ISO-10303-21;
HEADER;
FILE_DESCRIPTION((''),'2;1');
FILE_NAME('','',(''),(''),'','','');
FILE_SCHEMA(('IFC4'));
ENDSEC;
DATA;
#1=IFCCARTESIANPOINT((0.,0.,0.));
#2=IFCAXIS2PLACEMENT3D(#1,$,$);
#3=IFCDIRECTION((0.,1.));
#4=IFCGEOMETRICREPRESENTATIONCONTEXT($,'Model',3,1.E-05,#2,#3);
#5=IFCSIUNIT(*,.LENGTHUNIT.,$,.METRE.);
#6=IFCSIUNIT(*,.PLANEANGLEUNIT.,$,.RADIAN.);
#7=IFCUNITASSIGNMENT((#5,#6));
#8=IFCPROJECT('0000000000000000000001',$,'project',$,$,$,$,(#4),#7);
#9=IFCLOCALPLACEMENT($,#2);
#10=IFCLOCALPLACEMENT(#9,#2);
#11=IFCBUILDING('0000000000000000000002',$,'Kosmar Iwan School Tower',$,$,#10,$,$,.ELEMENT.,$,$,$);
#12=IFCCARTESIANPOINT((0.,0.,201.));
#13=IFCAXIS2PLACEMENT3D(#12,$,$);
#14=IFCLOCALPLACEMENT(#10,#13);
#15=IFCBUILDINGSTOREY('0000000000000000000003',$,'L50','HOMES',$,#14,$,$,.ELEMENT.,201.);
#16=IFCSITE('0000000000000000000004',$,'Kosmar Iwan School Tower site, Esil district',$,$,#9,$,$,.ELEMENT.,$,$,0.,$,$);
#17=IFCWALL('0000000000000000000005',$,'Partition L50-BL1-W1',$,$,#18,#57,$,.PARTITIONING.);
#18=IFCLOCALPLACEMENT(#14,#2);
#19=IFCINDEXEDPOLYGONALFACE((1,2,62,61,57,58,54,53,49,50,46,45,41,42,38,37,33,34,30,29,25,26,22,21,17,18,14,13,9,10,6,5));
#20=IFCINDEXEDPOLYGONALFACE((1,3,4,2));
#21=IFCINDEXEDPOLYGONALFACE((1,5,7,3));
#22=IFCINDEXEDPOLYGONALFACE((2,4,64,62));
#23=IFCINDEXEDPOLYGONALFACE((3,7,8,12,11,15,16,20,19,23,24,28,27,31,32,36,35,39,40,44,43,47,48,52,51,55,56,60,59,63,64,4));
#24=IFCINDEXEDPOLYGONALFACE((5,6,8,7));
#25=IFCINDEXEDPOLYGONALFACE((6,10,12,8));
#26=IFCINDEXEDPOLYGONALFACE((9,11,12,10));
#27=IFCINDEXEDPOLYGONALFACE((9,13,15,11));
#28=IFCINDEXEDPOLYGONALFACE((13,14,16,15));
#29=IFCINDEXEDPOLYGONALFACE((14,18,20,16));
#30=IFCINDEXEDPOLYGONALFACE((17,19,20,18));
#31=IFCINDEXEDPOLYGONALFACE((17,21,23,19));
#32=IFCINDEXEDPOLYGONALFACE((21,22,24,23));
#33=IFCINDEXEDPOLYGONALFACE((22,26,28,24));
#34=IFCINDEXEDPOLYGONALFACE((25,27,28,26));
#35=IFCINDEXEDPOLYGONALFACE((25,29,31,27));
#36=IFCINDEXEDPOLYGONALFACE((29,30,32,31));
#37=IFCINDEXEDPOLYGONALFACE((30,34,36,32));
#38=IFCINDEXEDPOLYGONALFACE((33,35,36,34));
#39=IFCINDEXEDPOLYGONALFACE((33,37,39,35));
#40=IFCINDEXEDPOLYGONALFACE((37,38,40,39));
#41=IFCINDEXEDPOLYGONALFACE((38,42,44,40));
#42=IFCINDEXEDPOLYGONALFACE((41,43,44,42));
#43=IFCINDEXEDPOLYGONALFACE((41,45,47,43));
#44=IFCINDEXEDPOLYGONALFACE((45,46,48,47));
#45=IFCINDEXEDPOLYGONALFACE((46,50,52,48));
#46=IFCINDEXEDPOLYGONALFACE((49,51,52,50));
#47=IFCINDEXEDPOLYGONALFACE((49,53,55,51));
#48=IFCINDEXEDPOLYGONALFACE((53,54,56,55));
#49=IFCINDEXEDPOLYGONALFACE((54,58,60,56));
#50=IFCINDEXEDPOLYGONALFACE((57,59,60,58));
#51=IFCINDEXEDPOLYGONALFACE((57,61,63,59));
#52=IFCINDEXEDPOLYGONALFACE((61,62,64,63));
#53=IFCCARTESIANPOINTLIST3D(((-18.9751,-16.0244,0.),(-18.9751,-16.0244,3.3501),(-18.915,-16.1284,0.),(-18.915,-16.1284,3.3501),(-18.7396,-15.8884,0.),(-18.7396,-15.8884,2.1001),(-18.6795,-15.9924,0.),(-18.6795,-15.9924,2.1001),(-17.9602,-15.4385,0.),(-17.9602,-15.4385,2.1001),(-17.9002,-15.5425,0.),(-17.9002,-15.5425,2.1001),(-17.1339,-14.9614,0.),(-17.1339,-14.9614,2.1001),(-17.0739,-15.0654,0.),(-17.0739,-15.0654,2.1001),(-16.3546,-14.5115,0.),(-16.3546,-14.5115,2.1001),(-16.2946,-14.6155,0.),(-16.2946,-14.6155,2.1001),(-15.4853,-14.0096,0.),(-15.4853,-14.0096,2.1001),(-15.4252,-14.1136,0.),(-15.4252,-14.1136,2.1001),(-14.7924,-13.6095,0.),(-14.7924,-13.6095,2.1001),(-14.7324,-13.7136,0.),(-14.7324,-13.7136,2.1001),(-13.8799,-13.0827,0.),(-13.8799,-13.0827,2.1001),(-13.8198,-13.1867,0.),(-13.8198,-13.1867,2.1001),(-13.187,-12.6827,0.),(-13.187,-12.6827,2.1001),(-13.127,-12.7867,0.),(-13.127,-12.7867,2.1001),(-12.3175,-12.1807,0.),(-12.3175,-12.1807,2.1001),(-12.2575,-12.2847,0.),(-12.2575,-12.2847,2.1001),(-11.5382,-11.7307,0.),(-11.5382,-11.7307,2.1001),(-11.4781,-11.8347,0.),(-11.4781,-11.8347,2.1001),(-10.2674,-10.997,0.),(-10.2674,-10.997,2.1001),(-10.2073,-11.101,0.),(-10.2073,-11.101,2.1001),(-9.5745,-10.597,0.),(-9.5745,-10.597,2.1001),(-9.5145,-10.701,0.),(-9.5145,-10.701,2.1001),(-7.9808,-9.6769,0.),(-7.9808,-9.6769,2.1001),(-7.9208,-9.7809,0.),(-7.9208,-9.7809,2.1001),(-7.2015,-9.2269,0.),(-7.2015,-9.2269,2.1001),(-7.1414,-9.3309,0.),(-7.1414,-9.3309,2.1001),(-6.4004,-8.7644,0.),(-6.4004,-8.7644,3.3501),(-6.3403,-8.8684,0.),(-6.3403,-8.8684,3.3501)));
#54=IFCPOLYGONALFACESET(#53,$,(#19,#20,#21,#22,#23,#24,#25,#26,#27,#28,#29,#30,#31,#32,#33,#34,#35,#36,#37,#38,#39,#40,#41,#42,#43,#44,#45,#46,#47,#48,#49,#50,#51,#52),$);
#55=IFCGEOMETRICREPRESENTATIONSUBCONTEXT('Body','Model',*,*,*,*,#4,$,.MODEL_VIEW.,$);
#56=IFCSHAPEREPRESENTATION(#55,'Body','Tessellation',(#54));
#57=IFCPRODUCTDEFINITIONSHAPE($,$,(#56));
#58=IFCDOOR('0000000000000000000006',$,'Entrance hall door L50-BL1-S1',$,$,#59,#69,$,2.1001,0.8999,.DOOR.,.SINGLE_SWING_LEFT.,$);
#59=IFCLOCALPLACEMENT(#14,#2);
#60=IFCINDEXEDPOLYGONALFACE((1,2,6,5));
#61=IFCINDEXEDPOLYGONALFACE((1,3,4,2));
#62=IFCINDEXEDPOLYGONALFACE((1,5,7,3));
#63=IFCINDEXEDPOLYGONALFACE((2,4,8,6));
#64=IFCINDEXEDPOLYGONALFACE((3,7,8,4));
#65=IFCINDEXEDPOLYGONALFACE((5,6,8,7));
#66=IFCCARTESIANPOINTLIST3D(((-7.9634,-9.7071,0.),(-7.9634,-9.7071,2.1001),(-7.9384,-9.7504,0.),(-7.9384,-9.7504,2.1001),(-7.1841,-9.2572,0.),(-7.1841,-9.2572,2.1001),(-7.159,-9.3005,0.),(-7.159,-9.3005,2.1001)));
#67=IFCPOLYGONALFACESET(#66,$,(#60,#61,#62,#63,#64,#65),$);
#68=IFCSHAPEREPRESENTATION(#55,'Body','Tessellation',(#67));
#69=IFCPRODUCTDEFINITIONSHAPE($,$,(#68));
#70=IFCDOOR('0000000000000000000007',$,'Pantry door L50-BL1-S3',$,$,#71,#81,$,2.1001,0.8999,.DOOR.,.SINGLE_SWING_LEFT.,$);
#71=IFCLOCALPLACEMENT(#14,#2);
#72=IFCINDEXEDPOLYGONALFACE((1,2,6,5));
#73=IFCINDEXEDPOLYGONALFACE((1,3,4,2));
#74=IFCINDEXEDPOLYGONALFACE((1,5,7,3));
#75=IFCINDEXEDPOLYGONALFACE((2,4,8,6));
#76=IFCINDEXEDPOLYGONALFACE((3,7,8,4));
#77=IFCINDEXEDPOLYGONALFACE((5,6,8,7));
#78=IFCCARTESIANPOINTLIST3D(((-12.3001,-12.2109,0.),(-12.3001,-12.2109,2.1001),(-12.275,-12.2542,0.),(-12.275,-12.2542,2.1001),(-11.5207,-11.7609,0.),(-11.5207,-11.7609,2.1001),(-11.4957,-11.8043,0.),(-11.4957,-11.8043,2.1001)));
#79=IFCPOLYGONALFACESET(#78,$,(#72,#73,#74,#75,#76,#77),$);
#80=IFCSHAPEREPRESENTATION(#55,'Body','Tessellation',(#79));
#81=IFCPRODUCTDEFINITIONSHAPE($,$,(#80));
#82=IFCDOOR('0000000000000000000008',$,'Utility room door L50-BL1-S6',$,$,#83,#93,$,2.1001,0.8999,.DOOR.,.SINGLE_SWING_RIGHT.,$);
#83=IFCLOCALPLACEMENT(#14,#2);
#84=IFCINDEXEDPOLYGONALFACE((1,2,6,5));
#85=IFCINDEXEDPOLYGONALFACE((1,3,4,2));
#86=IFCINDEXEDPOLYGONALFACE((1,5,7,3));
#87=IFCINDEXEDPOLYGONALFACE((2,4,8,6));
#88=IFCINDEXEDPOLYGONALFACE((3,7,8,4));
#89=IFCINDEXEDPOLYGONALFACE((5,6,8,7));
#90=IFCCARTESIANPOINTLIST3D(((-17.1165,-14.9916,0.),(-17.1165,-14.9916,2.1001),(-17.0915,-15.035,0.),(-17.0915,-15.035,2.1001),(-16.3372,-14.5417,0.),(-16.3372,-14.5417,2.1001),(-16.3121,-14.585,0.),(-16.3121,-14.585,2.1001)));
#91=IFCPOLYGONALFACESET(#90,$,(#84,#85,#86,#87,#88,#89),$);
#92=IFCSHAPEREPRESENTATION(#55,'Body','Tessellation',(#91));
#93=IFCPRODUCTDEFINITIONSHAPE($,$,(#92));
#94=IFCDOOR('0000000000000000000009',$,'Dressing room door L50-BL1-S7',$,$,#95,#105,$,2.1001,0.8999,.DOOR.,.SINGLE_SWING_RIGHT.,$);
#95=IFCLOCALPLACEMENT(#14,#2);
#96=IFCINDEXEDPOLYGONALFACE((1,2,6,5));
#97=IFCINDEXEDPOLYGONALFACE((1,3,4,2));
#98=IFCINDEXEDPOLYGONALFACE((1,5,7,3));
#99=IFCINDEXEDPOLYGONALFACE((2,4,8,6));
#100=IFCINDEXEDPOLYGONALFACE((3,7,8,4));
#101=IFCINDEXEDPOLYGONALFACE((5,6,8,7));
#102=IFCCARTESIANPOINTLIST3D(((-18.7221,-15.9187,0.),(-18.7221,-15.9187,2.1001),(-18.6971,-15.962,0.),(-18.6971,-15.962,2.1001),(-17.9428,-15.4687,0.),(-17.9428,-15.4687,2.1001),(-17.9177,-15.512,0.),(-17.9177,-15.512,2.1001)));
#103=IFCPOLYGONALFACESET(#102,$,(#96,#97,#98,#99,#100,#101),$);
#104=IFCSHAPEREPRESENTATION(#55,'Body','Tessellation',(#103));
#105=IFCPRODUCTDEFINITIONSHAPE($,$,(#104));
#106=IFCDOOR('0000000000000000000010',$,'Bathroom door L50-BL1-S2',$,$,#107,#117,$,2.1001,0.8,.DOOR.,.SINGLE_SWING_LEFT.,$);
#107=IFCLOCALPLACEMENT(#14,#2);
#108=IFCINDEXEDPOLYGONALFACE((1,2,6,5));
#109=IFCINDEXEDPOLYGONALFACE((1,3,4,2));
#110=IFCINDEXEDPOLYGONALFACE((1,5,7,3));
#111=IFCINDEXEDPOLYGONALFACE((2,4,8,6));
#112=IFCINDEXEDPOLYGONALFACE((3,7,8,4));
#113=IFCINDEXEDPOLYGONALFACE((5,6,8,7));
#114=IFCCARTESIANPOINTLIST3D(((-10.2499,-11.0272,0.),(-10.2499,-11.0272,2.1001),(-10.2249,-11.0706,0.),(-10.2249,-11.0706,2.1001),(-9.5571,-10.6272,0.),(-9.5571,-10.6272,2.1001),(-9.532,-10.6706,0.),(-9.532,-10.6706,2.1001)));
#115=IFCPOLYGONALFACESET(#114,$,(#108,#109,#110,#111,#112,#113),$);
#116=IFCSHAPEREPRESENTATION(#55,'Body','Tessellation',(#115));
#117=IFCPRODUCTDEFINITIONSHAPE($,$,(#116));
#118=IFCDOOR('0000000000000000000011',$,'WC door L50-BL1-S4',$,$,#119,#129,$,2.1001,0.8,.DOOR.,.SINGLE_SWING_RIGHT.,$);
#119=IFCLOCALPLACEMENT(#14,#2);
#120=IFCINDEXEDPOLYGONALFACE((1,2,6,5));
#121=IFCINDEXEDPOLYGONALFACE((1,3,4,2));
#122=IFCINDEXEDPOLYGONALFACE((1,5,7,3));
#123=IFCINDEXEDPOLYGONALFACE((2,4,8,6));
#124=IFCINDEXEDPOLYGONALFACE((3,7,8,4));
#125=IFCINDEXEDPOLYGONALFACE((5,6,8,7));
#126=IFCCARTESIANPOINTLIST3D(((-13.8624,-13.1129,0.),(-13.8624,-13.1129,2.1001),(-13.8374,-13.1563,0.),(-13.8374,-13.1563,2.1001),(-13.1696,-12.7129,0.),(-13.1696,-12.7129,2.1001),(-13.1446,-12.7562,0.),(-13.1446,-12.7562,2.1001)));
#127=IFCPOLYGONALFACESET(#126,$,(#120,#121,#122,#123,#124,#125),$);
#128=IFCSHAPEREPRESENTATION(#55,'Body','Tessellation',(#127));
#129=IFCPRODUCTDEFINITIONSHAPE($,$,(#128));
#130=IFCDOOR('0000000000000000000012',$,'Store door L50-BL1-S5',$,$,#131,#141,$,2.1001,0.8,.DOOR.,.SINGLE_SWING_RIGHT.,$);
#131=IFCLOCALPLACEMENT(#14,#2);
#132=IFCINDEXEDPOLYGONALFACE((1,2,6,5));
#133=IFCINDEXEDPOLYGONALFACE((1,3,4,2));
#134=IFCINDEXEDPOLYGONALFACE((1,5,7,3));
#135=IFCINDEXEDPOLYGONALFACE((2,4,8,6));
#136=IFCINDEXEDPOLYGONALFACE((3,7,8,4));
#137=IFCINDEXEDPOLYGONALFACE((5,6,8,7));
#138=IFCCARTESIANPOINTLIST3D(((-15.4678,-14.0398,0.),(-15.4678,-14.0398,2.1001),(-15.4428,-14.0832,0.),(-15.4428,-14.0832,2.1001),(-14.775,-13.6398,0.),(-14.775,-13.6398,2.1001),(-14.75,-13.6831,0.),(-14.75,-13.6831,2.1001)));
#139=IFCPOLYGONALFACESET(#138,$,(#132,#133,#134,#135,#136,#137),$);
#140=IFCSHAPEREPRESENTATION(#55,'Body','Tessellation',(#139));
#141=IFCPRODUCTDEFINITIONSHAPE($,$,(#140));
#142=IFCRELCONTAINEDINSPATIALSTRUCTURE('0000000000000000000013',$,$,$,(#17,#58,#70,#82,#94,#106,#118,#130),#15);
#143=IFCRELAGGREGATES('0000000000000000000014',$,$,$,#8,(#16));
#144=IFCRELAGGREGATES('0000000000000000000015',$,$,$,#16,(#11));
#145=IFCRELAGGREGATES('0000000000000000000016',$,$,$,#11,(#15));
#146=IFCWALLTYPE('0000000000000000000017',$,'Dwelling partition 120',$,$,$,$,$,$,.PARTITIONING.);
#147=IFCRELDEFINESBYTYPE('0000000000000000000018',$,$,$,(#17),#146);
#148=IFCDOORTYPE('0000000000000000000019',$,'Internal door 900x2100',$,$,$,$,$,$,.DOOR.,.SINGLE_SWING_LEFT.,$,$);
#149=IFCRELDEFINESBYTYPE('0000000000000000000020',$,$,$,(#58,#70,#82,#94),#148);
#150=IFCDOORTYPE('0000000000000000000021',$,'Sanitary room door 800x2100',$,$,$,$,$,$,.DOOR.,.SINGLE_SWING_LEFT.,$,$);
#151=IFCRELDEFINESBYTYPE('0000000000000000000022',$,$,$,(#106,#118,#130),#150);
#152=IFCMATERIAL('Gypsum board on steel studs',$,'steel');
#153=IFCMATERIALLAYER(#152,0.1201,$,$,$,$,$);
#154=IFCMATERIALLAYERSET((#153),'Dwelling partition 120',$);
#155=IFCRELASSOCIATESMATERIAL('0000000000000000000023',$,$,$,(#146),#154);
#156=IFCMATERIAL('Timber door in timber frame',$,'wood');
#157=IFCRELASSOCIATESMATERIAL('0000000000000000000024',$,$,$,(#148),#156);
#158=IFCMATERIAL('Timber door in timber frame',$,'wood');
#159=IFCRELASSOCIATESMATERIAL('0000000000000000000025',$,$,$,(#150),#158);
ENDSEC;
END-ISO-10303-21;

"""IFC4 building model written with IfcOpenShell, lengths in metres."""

from ifc_helpers import new_model, si_unit, direction, frame, frame_2d, origin, place, context, subcontext, project, spatial, rectangle, extrude, material, layer, layer_set, type_object, element, fill, save


model = new_model("IFC4")

# Units and contexts
model_context = context("Model", 3, precision=1e-05, world=origin(), true_north=direction((0.0, 1.0)))
body_context = subcontext(model_context, "Body", "Model", "MODEL_VIEW")
ifc_project = project(units=[si_unit("LENGTHUNIT", "METRE"), si_unit("PLANEANGLEUNIT", "RADIAN")], contexts=[model_context])

# Site, building, storey
site_placement = place(None, origin())
site = spatial("IfcSite", under=ifc_project, at=site_placement, Name="Kosmar Iwan School Tower site, Esil district", CompositionType="ELEMENT", RefElevation=0.0)
building_placement = place(site_placement, origin())
building = spatial("IfcBuilding", under=site, at=building_placement, Name="Kosmar Iwan School Tower", CompositionType="ELEMENT")
storey_placement = place(building_placement, frame((0.0, 0.0, 201.0)))
storey = spatial("IfcBuildingStorey", under=building, at=storey_placement, Name="L50", Description="HOMES", CompositionType="ELEMENT", Elevation=201.0)

# Wall, openings, doors
ifc_material_1 = material(Name="Gypsum board on steel studs", Category="steel")
ifc_layer_1 = layer(ifc_material_1, 0.1201)
ifc_layer_set_1 = layer_set([ifc_layer_1], Name="Dwelling partition 120")
wall_type_1 = type_object("IfcWallType", Name="Dwelling partition 120", PredefinedType="PARTITIONING", material=ifc_layer_set_1)
wall_1_placement = place(storey_placement, frame((-6.3704, -8.8164, 0.0), z_axis=(0.0, 0.0, 1.0), x_axis=(-0.866025, -0.5, 0.0)))
wall_1 = element("IfcWall", 1, at=wall_1_placement, inside=storey, type_object=wall_type_1, Name="Partition L50-BL1-W1", PredefinedType="PARTITIONING", context=body_context, shape_type="SweptSolid", body=[
    extrude(rectangle(XDim=14.52, YDim=0.1201, at=frame_2d((7.26, 0.0))), origin(), (0.0, 0.0, 1.0), 3.3501),
])
opening_1_placement = place(wall_1_placement, frame((0.925, 0.0, 0.0)))
opening_1 = element("IfcOpeningElement", 2, at=opening_1_placement, cuts=wall_1, PredefinedType="OPENING", context=body_context, shape_type="SweptSolid", body=[
    extrude(rectangle(XDim=0.8999, YDim=2.1001, at=frame_2d((0.45, 1.05))), frame((0.0, 0.072, 0.0), z_axis=(0.0, -1.0, 0.0), x_axis=(1.0, 0.0, 0.0)), (0.0, 0.0, 1.0), 0.144),
])
opening_2_placement = place(wall_1_placement, frame((3.6653, 0.0, 0.0)))
opening_2 = element("IfcOpeningElement", 3, at=opening_2_placement, cuts=wall_1, PredefinedType="OPENING", context=body_context, shape_type="SweptSolid", body=[
    extrude(rectangle(XDim=0.8, YDim=2.1001, at=frame_2d((0.3999, 1.05))), frame((0.0, 0.072, 0.0), z_axis=(0.0, -1.0, 0.0), x_axis=(1.0, 0.0, 0.0)), (0.0, 0.0, 1.0), 0.144),
])
opening_3_placement = place(wall_1_placement, frame((5.9326, 0.0, 0.0)))
opening_3 = element("IfcOpeningElement", 4, at=opening_3_placement, cuts=wall_1, PredefinedType="OPENING", context=body_context, shape_type="SweptSolid", body=[
    extrude(rectangle(XDim=0.8999, YDim=2.1001, at=frame_2d((0.45, 1.05))), frame((0.0, 0.072, 0.0), z_axis=(0.0, -1.0, 0.0), x_axis=(1.0, 0.0, 0.0)), (0.0, 0.0, 1.0), 0.144),
])
opening_4_placement = place(wall_1_placement, frame((7.8367, 0.0, 0.0)))
opening_4 = element("IfcOpeningElement", 5, at=opening_4_placement, cuts=wall_1, PredefinedType="OPENING", context=body_context, shape_type="SweptSolid", body=[
    extrude(rectangle(XDim=0.8, YDim=2.1001, at=frame_2d((0.3999, 1.05))), frame((0.0, 0.072, 0.0), z_axis=(0.0, -1.0, 0.0), x_axis=(1.0, 0.0, 0.0)), (0.0, 0.0, 1.0), 0.144),
])
opening_5_placement = place(wall_1_placement, frame((9.6904, 0.0, 0.0)))
opening_5 = element("IfcOpeningElement", 6, at=opening_5_placement, cuts=wall_1, PredefinedType="OPENING", context=body_context, shape_type="SweptSolid", body=[
    extrude(rectangle(XDim=0.8, YDim=2.1001, at=frame_2d((0.3999, 1.05))), frame((0.0, 0.072, 0.0), z_axis=(0.0, -1.0, 0.0), x_axis=(1.0, 0.0, 0.0)), (0.0, 0.0, 1.0), 0.144),
])
opening_6_placement = place(wall_1_placement, frame((11.4941, 0.0, 0.0)))
opening_6 = element("IfcOpeningElement", 7, at=opening_6_placement, cuts=wall_1, PredefinedType="OPENING", context=body_context, shape_type="SweptSolid", body=[
    extrude(rectangle(XDim=0.8999, YDim=2.1001, at=frame_2d((0.45, 1.05))), frame((0.0, 0.072, 0.0), z_axis=(0.0, -1.0, 0.0), x_axis=(1.0, 0.0, 0.0)), (0.0, 0.0, 1.0), 0.144),
])
opening_7_placement = place(wall_1_placement, frame((13.3481, 0.0, 0.0)))
opening_7 = element("IfcOpeningElement", 8, at=opening_7_placement, cuts=wall_1, PredefinedType="OPENING", context=body_context, shape_type="SweptSolid", body=[
    extrude(rectangle(XDim=0.8999, YDim=2.1001, at=frame_2d((0.45, 1.05))), frame((0.0, 0.072, 0.0), z_axis=(0.0, -1.0, 0.0), x_axis=(1.0, 0.0, 0.0)), (0.0, 0.0, 1.0), 0.144),
])
ifc_material_2 = material(Name="Timber door in timber frame", Category="wood")
door_type_1 = type_object("IfcDoorType", Name="Internal door 900x2100", OperationType="SINGLE_SWING_LEFT", PredefinedType="DOOR", material=ifc_material_2)
door_1_placement = place(opening_1_placement, origin())
door_1 = element("IfcDoor", 9, at=door_1_placement, inside=storey, type_object=door_type_1, Name="Entrance hall door L50-BL1-S1", OperationType="SINGLE_SWING_LEFT", OverallHeight=2.1001, OverallWidth=0.8999, PredefinedType="DOOR", context=body_context, shape_type="SweptSolid", body=[
    extrude(rectangle(XDim=0.8999, YDim=2.1001, at=frame_2d((0.45, 1.05))), frame((0.0, 0.0249, 0.0), z_axis=(0.0, -1.0, 0.0), x_axis=(1.0, 0.0, 0.0)), (0.0, 0.0, 1.0), 0.05),
])
fill(opening_1, door_1)
door_2_placement = place(opening_3_placement, origin())
door_2 = element("IfcDoor", 10, at=door_2_placement, inside=storey, type_object=door_type_1, Name="Pantry door L50-BL1-S3", OperationType="SINGLE_SWING_LEFT", OverallHeight=2.1001, OverallWidth=0.8999, PredefinedType="DOOR", context=body_context, shape_type="SweptSolid", body=[
    extrude(rectangle(XDim=0.8999, YDim=2.1001, at=frame_2d((0.45, 1.05))), frame((0.0, 0.0249, 0.0), z_axis=(0.0, -1.0, 0.0), x_axis=(1.0, 0.0, 0.0)), (0.0, 0.0, 1.0), 0.05),
])
fill(opening_3, door_2)
door_3_placement = place(opening_6_placement, origin())
door_3 = element("IfcDoor", 11, at=door_3_placement, inside=storey, type_object=door_type_1, Name="Utility room door L50-BL1-S6", OperationType="SINGLE_SWING_RIGHT", OverallHeight=2.1001, OverallWidth=0.8999, PredefinedType="DOOR", context=body_context, shape_type="SweptSolid", body=[
    extrude(rectangle(XDim=0.8999, YDim=2.1001, at=frame_2d((0.45, 1.05))), frame((0.0, 0.0249, 0.0), z_axis=(0.0, -1.0, 0.0), x_axis=(1.0, 0.0, 0.0)), (0.0, 0.0, 1.0), 0.05),
])
fill(opening_6, door_3)
door_4_placement = place(opening_7_placement, origin())
door_4 = element("IfcDoor", 12, at=door_4_placement, inside=storey, type_object=door_type_1, Name="Dressing room door L50-BL1-S7", OperationType="SINGLE_SWING_RIGHT", OverallHeight=2.1001, OverallWidth=0.8999, PredefinedType="DOOR", context=body_context, shape_type="SweptSolid", body=[
    extrude(rectangle(XDim=0.8999, YDim=2.1001, at=frame_2d((0.45, 1.05))), frame((0.0, 0.0249, 0.0), z_axis=(0.0, -1.0, 0.0), x_axis=(1.0, 0.0, 0.0)), (0.0, 0.0, 1.0), 0.05),
])
fill(opening_7, door_4)
ifc_material_3 = material(Name="Timber door in timber frame", Category="wood")
door_type_2 = type_object("IfcDoorType", Name="Sanitary room door 800x2100", OperationType="SINGLE_SWING_LEFT", PredefinedType="DOOR", material=ifc_material_3)
door_5_placement = place(opening_2_placement, origin())
door_5 = element("IfcDoor", 13, at=door_5_placement, inside=storey, type_object=door_type_2, Name="Bathroom door L50-BL1-S2", OperationType="SINGLE_SWING_LEFT", OverallHeight=2.1001, OverallWidth=0.8, PredefinedType="DOOR", context=body_context, shape_type="SweptSolid", body=[
    extrude(rectangle(XDim=0.8, YDim=2.1001, at=frame_2d((0.3999, 1.05))), frame((0.0, 0.0249, 0.0), z_axis=(0.0, -1.0, 0.0), x_axis=(1.0, 0.0, 0.0)), (0.0, 0.0, 1.0), 0.05),
])
fill(opening_2, door_5)
door_6_placement = place(opening_4_placement, origin())
door_6 = element("IfcDoor", 14, at=door_6_placement, inside=storey, type_object=door_type_2, Name="WC door L50-BL1-S4", OperationType="SINGLE_SWING_RIGHT", OverallHeight=2.1001, OverallWidth=0.8, PredefinedType="DOOR", context=body_context, shape_type="SweptSolid", body=[
    extrude(rectangle(XDim=0.8, YDim=2.1001, at=frame_2d((0.3999, 1.05))), frame((0.0, 0.0249, 0.0), z_axis=(0.0, -1.0, 0.0), x_axis=(1.0, 0.0, 0.0)), (0.0, 0.0, 1.0), 0.05),
])
fill(opening_4, door_6)
door_7_placement = place(opening_5_placement, origin())
door_7 = element("IfcDoor", 15, at=door_7_placement, inside=storey, type_object=door_type_2, Name="Store door L50-BL1-S5", OperationType="SINGLE_SWING_RIGHT", OverallHeight=2.1001, OverallWidth=0.8, PredefinedType="DOOR", context=body_context, shape_type="SweptSolid", body=[
    extrude(rectangle(XDim=0.8, YDim=2.1001, at=frame_2d((0.3999, 1.05))), frame((0.0, 0.0249, 0.0), z_axis=(0.0, -1.0, 0.0), x_axis=(1.0, 0.0, 0.0)), (0.0, 0.0, 1.0), 0.05),
])
fill(opening_5, door_7)

save(model, "model.ifc")
